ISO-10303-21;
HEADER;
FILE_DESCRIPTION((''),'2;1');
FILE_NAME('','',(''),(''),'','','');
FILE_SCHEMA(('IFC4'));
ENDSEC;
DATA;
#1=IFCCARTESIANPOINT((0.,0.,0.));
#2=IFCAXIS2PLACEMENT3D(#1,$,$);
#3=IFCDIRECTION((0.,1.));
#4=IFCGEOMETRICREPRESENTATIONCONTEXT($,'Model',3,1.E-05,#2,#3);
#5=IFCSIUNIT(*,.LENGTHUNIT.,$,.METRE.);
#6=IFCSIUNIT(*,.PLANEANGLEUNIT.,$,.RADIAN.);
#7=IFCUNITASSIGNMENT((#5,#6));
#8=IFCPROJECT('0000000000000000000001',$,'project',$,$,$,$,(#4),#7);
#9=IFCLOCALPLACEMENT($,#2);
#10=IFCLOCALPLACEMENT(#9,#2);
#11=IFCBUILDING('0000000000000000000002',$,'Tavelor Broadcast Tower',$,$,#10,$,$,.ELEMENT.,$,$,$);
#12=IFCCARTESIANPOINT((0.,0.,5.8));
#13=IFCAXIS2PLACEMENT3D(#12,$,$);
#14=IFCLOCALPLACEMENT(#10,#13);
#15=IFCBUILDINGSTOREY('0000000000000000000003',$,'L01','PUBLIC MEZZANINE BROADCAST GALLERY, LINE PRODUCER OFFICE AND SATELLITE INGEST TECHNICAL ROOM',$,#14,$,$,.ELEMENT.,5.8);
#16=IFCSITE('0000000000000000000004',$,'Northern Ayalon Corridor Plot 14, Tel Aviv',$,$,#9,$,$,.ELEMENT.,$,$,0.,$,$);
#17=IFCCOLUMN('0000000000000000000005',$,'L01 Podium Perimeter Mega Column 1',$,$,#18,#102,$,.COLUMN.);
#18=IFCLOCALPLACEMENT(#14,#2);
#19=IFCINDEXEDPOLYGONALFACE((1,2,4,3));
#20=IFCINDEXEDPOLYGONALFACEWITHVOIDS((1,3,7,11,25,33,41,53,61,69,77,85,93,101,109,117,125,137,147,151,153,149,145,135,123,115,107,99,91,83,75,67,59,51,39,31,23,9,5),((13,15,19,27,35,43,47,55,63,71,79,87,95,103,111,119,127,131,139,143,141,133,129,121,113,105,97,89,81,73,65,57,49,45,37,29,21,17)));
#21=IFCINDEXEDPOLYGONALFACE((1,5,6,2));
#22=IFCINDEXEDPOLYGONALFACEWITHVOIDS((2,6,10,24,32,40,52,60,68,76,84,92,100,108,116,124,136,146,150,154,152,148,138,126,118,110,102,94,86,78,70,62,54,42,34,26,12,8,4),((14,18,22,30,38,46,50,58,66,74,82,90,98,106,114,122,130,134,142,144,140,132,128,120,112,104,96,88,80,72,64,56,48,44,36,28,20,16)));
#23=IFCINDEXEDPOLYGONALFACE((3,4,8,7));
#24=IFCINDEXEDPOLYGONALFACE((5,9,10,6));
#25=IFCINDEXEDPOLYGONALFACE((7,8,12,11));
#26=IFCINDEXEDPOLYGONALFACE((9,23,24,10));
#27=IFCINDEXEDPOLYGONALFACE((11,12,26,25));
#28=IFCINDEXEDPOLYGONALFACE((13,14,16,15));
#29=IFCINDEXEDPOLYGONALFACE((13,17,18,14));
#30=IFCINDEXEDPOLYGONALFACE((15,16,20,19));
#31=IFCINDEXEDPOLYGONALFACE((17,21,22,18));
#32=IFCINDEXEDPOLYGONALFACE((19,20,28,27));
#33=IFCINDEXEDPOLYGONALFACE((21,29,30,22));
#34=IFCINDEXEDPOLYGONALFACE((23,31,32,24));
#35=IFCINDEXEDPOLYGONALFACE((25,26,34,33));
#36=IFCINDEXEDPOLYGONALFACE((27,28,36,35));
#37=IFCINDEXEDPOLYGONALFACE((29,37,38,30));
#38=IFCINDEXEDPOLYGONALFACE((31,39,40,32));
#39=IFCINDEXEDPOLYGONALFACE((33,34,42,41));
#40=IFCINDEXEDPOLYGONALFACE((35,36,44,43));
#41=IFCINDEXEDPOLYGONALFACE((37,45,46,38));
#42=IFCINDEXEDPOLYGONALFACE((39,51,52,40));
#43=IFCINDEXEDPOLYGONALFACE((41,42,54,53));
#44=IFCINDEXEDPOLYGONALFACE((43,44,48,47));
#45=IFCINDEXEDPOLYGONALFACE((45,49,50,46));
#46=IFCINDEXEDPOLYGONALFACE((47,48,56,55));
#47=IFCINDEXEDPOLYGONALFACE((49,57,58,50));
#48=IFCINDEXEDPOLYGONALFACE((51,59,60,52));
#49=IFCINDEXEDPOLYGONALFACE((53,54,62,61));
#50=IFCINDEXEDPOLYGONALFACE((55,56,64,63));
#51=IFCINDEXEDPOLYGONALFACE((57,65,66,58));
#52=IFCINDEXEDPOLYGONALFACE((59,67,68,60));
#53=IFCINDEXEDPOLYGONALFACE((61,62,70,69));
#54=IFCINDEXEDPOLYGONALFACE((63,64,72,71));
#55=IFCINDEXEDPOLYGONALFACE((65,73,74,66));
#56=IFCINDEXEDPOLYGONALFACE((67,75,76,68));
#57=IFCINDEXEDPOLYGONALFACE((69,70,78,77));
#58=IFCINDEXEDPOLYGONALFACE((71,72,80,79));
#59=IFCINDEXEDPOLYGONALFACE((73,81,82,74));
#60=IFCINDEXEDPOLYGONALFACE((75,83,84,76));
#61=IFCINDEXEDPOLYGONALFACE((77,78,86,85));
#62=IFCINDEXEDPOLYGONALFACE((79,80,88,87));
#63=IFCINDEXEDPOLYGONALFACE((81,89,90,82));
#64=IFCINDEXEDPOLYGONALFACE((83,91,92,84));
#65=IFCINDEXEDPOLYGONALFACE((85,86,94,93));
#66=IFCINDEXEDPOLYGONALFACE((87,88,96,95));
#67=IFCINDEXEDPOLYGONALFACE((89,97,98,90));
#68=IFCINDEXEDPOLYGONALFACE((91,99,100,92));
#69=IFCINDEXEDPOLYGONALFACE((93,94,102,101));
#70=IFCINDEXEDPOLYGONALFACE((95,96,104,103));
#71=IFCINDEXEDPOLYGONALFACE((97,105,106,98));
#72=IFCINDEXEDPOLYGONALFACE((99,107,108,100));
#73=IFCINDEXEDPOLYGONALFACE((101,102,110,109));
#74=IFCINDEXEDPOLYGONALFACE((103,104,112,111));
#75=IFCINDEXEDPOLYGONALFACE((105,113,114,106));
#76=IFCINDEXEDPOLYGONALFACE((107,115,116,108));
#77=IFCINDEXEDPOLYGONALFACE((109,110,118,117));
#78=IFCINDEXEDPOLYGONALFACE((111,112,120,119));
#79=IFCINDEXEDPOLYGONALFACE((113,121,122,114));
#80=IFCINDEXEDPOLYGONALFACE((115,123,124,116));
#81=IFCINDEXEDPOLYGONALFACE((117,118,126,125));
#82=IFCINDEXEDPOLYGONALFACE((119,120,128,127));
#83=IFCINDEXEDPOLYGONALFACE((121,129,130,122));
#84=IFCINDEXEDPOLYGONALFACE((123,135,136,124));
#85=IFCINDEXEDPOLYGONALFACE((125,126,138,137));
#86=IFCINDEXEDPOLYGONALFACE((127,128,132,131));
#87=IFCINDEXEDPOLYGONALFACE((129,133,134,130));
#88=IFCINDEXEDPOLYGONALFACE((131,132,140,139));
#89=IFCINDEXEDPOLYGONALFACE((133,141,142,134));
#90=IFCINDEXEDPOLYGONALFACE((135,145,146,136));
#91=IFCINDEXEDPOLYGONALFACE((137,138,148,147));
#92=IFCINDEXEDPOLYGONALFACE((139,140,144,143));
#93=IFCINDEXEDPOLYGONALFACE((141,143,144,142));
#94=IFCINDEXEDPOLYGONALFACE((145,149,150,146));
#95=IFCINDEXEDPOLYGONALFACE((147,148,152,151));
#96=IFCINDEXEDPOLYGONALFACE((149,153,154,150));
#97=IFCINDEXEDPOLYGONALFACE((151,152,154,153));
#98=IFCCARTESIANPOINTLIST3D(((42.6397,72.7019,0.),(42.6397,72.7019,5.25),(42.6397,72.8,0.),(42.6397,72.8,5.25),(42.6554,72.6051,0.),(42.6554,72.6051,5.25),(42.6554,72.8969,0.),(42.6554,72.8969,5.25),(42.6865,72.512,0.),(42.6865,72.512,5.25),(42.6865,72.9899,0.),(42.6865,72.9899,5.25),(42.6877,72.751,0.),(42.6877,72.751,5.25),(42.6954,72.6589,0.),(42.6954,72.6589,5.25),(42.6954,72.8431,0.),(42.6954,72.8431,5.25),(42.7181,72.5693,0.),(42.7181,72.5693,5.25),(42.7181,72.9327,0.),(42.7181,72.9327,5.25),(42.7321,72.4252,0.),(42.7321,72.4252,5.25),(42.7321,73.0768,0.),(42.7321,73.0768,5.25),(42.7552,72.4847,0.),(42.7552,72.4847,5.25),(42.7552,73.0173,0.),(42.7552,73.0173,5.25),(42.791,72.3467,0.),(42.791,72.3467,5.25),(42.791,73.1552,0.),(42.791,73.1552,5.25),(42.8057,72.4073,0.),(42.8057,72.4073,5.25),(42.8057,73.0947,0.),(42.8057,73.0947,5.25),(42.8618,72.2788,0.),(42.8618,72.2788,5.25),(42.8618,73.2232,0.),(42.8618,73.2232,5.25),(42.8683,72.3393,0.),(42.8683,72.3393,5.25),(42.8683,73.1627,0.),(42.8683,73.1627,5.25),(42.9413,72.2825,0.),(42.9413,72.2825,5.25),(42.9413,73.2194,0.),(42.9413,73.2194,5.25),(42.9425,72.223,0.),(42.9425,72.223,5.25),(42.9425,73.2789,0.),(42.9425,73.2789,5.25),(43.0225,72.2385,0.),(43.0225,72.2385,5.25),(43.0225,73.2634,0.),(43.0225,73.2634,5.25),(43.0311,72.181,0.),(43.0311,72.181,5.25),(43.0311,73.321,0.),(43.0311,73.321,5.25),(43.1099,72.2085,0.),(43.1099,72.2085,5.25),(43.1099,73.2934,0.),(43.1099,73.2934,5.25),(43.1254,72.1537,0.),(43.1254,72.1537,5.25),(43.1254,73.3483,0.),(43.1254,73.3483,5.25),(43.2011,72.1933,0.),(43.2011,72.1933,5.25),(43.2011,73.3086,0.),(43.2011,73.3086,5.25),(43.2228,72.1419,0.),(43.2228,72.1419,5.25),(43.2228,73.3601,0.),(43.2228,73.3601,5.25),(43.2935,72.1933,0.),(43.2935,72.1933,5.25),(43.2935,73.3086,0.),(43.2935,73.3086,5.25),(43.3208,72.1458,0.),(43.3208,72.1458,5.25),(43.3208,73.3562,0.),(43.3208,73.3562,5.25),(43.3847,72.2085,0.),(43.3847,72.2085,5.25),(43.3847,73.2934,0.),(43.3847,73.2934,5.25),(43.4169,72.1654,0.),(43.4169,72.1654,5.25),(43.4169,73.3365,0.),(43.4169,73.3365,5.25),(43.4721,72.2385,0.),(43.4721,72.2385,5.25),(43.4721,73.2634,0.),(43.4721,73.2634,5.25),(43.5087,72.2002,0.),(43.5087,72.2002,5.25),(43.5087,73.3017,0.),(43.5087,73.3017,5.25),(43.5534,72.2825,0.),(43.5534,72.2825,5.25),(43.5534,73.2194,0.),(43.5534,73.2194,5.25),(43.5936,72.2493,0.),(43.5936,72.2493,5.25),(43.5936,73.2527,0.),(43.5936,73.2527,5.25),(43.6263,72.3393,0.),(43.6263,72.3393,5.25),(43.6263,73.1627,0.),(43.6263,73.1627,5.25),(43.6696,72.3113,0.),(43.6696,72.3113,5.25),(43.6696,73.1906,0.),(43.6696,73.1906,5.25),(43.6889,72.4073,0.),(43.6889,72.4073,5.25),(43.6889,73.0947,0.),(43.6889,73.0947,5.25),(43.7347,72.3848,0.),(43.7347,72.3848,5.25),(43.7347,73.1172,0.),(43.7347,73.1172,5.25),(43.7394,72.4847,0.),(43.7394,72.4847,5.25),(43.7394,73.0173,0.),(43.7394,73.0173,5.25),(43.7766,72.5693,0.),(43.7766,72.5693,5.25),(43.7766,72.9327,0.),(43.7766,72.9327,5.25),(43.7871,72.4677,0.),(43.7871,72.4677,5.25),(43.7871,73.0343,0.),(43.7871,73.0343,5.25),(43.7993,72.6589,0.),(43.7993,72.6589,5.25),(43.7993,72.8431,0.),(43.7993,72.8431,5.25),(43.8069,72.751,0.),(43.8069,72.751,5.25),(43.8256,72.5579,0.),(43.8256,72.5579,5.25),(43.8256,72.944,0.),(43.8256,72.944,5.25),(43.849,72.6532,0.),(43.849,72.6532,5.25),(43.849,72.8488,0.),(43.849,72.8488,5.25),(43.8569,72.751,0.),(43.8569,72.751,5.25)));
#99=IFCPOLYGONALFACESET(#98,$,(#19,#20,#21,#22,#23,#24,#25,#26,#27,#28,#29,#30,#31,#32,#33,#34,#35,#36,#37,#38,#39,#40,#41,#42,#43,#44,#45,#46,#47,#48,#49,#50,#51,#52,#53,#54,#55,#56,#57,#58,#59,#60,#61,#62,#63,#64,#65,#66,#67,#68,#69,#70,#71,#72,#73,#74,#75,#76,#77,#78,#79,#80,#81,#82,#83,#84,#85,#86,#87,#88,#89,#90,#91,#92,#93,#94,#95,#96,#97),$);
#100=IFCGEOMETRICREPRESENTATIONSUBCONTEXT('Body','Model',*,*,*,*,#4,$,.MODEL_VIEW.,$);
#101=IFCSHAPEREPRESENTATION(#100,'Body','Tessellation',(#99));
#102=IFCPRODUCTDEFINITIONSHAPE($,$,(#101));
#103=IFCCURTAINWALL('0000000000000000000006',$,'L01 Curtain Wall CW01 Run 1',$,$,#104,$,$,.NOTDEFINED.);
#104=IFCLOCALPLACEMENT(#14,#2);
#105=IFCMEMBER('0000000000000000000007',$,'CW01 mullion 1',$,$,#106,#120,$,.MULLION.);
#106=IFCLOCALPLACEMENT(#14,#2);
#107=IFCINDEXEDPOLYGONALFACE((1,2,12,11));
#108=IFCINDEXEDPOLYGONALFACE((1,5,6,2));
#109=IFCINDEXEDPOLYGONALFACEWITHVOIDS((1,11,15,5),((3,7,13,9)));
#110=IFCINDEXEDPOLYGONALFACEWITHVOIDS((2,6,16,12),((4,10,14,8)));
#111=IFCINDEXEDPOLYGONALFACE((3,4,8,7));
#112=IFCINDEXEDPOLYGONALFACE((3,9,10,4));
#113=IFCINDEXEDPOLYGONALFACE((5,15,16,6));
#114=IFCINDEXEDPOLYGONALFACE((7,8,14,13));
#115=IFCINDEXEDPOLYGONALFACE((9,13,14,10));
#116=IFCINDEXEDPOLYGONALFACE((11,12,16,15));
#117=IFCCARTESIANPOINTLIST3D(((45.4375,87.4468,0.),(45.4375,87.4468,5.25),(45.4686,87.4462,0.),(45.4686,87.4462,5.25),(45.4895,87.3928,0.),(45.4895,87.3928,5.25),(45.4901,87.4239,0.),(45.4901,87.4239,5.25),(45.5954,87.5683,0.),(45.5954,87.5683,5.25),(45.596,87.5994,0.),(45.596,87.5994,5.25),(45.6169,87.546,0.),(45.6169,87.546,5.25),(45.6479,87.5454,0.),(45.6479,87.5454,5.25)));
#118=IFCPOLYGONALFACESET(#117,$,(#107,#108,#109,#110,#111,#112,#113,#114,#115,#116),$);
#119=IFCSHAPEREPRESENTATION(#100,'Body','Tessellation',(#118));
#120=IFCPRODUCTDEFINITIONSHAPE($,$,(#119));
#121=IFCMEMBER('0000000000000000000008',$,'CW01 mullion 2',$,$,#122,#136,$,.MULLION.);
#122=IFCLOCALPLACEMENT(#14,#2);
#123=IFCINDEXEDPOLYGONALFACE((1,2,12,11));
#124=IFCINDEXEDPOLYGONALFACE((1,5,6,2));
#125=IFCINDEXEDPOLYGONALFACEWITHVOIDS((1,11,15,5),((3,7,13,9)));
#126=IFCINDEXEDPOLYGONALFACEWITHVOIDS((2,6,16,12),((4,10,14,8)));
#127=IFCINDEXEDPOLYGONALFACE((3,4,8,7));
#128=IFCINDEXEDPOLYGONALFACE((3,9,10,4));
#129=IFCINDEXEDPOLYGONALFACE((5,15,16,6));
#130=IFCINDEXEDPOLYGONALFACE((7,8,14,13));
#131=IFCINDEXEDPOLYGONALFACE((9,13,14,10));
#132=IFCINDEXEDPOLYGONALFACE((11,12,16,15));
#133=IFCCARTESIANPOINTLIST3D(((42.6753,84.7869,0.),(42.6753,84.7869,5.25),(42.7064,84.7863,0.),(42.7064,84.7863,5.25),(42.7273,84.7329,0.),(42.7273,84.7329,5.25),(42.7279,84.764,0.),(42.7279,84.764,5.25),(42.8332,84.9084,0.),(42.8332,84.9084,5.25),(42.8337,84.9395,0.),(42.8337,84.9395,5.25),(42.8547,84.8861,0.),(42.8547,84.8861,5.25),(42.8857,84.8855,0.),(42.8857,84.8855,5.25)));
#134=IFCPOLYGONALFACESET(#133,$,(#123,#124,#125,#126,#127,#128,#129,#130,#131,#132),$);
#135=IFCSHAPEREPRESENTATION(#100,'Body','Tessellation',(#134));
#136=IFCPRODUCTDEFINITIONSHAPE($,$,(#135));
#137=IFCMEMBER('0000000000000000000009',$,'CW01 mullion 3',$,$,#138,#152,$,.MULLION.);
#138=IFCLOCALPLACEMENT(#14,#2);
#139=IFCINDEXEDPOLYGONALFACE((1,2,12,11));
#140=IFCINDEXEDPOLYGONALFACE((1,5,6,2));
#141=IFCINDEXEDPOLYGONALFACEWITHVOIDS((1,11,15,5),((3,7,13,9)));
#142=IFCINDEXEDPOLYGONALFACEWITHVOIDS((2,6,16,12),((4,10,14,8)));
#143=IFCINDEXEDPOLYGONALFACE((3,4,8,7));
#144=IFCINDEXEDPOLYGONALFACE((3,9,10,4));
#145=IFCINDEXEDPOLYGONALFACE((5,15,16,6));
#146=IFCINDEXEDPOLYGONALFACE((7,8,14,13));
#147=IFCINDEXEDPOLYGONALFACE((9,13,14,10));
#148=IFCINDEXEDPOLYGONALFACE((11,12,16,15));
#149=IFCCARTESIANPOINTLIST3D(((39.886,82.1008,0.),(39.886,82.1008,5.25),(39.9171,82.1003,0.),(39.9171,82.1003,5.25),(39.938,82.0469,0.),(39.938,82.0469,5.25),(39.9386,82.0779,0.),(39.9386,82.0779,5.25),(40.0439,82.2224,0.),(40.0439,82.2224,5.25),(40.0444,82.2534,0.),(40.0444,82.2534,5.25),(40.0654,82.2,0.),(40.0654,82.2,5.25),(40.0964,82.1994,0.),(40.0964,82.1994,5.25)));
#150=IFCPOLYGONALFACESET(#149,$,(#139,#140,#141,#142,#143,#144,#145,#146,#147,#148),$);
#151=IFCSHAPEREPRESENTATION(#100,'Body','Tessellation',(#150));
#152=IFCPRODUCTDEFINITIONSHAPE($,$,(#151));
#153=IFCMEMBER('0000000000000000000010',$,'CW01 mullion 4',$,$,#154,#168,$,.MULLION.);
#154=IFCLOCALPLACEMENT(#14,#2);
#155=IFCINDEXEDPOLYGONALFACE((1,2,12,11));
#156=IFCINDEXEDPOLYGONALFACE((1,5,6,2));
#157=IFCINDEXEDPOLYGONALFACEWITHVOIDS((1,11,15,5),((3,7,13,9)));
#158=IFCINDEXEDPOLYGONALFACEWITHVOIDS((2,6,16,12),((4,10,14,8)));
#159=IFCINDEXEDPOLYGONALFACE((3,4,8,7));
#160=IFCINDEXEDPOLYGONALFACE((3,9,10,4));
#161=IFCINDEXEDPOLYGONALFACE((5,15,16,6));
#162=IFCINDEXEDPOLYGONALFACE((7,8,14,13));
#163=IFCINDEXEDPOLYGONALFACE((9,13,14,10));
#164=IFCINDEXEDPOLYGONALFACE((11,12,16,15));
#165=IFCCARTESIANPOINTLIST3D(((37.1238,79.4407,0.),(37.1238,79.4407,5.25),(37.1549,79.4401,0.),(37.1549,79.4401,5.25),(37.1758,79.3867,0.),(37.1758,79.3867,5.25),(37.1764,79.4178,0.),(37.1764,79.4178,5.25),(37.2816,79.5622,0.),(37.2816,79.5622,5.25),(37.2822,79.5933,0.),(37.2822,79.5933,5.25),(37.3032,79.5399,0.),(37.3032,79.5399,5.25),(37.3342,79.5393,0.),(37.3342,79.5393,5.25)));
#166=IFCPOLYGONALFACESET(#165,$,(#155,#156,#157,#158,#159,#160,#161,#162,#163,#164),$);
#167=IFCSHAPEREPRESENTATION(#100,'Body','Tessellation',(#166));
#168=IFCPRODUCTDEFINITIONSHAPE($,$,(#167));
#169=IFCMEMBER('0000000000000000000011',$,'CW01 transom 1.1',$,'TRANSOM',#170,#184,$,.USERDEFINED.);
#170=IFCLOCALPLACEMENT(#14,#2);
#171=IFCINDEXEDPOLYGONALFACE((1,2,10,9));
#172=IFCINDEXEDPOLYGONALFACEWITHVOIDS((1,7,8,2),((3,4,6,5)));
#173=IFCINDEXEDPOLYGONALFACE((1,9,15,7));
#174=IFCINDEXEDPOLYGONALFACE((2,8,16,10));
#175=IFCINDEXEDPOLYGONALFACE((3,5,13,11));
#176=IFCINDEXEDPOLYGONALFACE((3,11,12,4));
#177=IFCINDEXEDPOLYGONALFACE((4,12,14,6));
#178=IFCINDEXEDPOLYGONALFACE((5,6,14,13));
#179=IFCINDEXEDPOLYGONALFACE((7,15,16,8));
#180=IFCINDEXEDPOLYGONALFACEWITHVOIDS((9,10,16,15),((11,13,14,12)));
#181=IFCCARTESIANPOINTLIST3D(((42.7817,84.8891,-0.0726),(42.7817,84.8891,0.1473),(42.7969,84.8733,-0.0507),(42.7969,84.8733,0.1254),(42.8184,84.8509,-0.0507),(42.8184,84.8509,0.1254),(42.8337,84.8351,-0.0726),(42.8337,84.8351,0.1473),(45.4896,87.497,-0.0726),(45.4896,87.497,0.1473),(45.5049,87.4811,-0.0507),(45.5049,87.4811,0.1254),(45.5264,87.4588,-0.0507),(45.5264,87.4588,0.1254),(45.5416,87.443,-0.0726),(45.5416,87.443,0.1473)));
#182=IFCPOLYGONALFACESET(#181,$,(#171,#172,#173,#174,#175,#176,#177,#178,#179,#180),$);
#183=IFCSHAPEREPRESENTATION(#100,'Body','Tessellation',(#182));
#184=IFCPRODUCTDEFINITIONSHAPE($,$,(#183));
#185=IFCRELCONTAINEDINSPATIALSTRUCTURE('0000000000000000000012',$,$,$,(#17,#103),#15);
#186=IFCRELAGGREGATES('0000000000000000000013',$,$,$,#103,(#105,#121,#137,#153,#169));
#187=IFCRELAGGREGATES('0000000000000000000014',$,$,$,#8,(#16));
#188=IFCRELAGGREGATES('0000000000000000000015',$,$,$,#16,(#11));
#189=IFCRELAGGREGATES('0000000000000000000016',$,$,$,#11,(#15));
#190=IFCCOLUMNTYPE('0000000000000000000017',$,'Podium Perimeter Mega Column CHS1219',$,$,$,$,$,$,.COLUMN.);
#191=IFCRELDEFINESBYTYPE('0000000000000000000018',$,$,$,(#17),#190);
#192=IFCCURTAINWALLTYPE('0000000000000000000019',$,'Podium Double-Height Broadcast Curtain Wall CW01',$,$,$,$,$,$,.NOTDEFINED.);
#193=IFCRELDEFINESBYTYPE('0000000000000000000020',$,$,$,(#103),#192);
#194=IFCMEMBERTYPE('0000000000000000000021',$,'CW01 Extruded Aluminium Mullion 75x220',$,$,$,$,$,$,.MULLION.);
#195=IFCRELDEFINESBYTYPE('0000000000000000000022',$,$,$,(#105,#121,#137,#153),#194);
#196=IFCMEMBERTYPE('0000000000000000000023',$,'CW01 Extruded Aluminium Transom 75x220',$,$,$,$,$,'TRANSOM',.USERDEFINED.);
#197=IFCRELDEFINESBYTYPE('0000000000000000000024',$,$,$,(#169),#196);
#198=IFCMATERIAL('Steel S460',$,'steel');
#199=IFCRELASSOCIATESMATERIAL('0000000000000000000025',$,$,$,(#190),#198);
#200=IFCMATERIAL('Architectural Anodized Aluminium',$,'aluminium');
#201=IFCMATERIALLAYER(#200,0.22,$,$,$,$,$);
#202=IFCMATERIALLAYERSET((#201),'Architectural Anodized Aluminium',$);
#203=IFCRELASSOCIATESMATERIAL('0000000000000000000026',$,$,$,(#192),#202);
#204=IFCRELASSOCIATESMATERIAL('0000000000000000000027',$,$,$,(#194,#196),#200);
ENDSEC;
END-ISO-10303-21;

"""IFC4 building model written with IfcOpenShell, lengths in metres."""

from ifc_helpers import new_model, si_unit, direction, frame, origin, origin_2d, place, context, subcontext, project, spatial, hollow_rectangle, hollow_circle, extrude, source, transform, mapped, material, layer, layer_set, material_profile, profile_set, type_object, type_shapes, element, aggregate, save


model = new_model("IFC4")

# Units and contexts
model_context = context("Model", 3, precision=1e-05, world=origin(), true_north=direction((0.0, 1.0)))
body_context = subcontext(model_context, "Body", "Model", "MODEL_VIEW")
ifc_project = project(units=[si_unit("LENGTHUNIT", "METRE"), si_unit("PLANEANGLEUNIT", "RADIAN")], contexts=[model_context])

# Site, building, storey
site_placement = place(None, origin())
site = spatial("IfcSite", under=ifc_project, at=site_placement, Name="Northern Ayalon Corridor Plot 14, Tel Aviv", CompositionType="ELEMENT", RefElevation=0.0)
building_placement = place(site_placement, origin())
building = spatial("IfcBuilding", under=site, at=building_placement, Name="Tavelor Broadcast Tower", CompositionType="ELEMENT")
storey_placement = place(building_placement, frame((0.0, 0.0, 5.8)))
storey = spatial("IfcBuildingStorey", under=building, at=storey_placement, Name="L01", Description="PUBLIC MEZZANINE BROADCAST GALLERY, LINE PRODUCER OFFICE AND SATELLITE INGEST TECHNICAL ROOM", CompositionType="ELEMENT", Elevation=5.8)

# Column
ifc_material_1 = material(Name="Steel S460", Category="steel")
ifc_material_profile_1 = material_profile(ifc_material_1, hollow_circle(Radius=0.6096, WallThickness=0.05, at=origin_2d()), Name="CHS 1219x50")
ifc_profile_set_1 = profile_set([ifc_material_profile_1], Name="Steel S460")
column_type = type_object("IfcColumnType", Name="Podium Perimeter Mega Column CHS1219", PredefinedType="COLUMN", material=ifc_profile_set_1)
column_placement = place(storey_placement, frame((43.2473, 72.751, 0.0), z_axis=(0.0, 0.0, 1.0), x_axis=(1.0, 0.0, 0.0)))
element("IfcColumn", 1, at=column_placement, inside=storey, type_object=column_type, Name="L01 Podium Perimeter Mega Column 1", PredefinedType="COLUMN", context=body_context, shape_type="SweptSolid", body=[
    extrude(hollow_circle(Radius=0.6096, WallThickness=0.05, at=origin_2d()), origin(), (0.0, 0.0, 1.0), 5.25),
])

# Curtain wall, members
ifc_material_2 = material(Name="Architectural Anodized Aluminium", Category="aluminium")
ifc_layer_1 = layer(ifc_material_2, 0.22)
ifc_layer_set_1 = layer_set([ifc_layer_1], Name="Architectural Anodized Aluminium")
curtain_wall_type = type_object("IfcCurtainWallType", Name="Podium Double-Height Broadcast Curtain Wall CW01", PredefinedType="NOTDEFINED", material=ifc_layer_set_1)
curtain_wall_placement = place(storey_placement, origin())
curtain_wall = element("IfcCurtainWall", 2, at=curtain_wall_placement, inside=storey, type_object=curtain_wall_type, Name="L01 Curtain Wall CW01 Run 1", PredefinedType="NOTDEFINED")
ifc_material_profile_2 = material_profile(ifc_material_2, hollow_rectangle(XDim=0.075, YDim=0.22, WallThickness=0.022, at=origin_2d()), Name="RHS 75x220x22")
ifc_profile_set_2 = profile_set([ifc_material_profile_2], Name="Architectural Anodized Aluminium")
member_type_1 = type_object("IfcMemberType", Name="CW01 Extruded Aluminium Mullion 75x220", PredefinedType="MULLION", material=ifc_profile_set_2)
shared_shape_1 = source(origin(), body_context, "Body", "SweptSolid", [
    extrude(hollow_rectangle(XDim=0.075, YDim=0.22, WallThickness=0.022, at=origin_2d()), origin(), (0.0, 0.0, 1.0), 5.25),
])
type_shapes(member_type_1, [shared_shape_1])
member_1_placement = place(storey_placement, frame((45.5427, 87.4961, 0.0), z_axis=(0.0, 0.0, 1.0), x_axis=(0.693656, -0.720307, 0.0)))
member_1 = element("IfcMember", 3, at=member_1_placement, type_object=member_type_1, Name="CW01 mullion 1", PredefinedType="MULLION", context=body_context, shape_type="MappedRepresentation", body=[
    mapped(shared_shape_1, transform((0.0, 0.0, 0.0), scale=1.0)),
])
member_2_placement = place(storey_placement, frame((42.7805, 84.8362, 0.0), z_axis=(0.0, 0.0, 1.0), x_axis=(0.693656, -0.720307, 0.0)))
member_2 = element("IfcMember", 4, at=member_2_placement, type_object=member_type_1, Name="CW01 mullion 2", PredefinedType="MULLION", context=body_context, shape_type="MappedRepresentation", body=[
    mapped(shared_shape_1, transform((0.0, 0.0, 0.0), scale=1.0)),
])
member_3_placement = place(storey_placement, frame((39.9912, 82.1501, 0.0), z_axis=(0.0, 0.0, 1.0), x_axis=(0.693656, -0.720307, 0.0)))
member_3 = element("IfcMember", 5, at=member_3_placement, type_object=member_type_1, Name="CW01 mullion 3", PredefinedType="MULLION", context=body_context, shape_type="MappedRepresentation", body=[
    mapped(shared_shape_1, transform((0.0, 0.0, 0.0), scale=1.0)),
])
member_4_placement = place(storey_placement, frame((37.229, 79.49, 0.0), z_axis=(0.0, 0.0, 1.0), x_axis=(0.693656, -0.720307, 0.0)))
member_4 = element("IfcMember", 6, at=member_4_placement, type_object=member_type_1, Name="CW01 mullion 4", PredefinedType="MULLION", context=body_context, shape_type="MappedRepresentation", body=[
    mapped(shared_shape_1, transform((0.0, 0.0, 0.0), scale=1.0)),
])
ifc_material_profile_3 = material_profile(ifc_material_2, hollow_rectangle(XDim=0.075, YDim=0.22, WallThickness=0.022, at=origin_2d()), Name="RHS 75x220x22")
ifc_profile_set_3 = profile_set([ifc_material_profile_3], Name="Architectural Anodized Aluminium")
member_type_2 = type_object("IfcMemberType", Name="CW01 Extruded Aluminium Transom 75x220", ElementType="TRANSOM", PredefinedType="USERDEFINED", material=ifc_profile_set_3)
shared_shape_2 = source(origin(), body_context, "Body", "SweptSolid", [
    extrude(hollow_rectangle(XDim=0.075, YDim=0.22, WallThickness=0.022, at=origin_2d()), origin(), (0.0, 0.0, 1.0), 3.7595),
])
member_5_placement = place(storey_placement, frame((45.5156, 87.47, 0.0374), z_axis=(-0.720294, -0.693669, 0.0), x_axis=(0.693669, -0.720294, 0.0)))
member_5 = element("IfcMember", 7, at=member_5_placement, type_object=member_type_2, Name="CW01 transom 1.1", ObjectType="TRANSOM", PredefinedType="USERDEFINED", context=body_context, shape_type="MappedRepresentation", body=[
    mapped(shared_shape_2, transform((0.0, 0.0, 0.0), scale=1.0)),
])

aggregate(curtain_wall, [member_1, member_2, member_3, member_4, member_5])

save(model, "model.ifc")
